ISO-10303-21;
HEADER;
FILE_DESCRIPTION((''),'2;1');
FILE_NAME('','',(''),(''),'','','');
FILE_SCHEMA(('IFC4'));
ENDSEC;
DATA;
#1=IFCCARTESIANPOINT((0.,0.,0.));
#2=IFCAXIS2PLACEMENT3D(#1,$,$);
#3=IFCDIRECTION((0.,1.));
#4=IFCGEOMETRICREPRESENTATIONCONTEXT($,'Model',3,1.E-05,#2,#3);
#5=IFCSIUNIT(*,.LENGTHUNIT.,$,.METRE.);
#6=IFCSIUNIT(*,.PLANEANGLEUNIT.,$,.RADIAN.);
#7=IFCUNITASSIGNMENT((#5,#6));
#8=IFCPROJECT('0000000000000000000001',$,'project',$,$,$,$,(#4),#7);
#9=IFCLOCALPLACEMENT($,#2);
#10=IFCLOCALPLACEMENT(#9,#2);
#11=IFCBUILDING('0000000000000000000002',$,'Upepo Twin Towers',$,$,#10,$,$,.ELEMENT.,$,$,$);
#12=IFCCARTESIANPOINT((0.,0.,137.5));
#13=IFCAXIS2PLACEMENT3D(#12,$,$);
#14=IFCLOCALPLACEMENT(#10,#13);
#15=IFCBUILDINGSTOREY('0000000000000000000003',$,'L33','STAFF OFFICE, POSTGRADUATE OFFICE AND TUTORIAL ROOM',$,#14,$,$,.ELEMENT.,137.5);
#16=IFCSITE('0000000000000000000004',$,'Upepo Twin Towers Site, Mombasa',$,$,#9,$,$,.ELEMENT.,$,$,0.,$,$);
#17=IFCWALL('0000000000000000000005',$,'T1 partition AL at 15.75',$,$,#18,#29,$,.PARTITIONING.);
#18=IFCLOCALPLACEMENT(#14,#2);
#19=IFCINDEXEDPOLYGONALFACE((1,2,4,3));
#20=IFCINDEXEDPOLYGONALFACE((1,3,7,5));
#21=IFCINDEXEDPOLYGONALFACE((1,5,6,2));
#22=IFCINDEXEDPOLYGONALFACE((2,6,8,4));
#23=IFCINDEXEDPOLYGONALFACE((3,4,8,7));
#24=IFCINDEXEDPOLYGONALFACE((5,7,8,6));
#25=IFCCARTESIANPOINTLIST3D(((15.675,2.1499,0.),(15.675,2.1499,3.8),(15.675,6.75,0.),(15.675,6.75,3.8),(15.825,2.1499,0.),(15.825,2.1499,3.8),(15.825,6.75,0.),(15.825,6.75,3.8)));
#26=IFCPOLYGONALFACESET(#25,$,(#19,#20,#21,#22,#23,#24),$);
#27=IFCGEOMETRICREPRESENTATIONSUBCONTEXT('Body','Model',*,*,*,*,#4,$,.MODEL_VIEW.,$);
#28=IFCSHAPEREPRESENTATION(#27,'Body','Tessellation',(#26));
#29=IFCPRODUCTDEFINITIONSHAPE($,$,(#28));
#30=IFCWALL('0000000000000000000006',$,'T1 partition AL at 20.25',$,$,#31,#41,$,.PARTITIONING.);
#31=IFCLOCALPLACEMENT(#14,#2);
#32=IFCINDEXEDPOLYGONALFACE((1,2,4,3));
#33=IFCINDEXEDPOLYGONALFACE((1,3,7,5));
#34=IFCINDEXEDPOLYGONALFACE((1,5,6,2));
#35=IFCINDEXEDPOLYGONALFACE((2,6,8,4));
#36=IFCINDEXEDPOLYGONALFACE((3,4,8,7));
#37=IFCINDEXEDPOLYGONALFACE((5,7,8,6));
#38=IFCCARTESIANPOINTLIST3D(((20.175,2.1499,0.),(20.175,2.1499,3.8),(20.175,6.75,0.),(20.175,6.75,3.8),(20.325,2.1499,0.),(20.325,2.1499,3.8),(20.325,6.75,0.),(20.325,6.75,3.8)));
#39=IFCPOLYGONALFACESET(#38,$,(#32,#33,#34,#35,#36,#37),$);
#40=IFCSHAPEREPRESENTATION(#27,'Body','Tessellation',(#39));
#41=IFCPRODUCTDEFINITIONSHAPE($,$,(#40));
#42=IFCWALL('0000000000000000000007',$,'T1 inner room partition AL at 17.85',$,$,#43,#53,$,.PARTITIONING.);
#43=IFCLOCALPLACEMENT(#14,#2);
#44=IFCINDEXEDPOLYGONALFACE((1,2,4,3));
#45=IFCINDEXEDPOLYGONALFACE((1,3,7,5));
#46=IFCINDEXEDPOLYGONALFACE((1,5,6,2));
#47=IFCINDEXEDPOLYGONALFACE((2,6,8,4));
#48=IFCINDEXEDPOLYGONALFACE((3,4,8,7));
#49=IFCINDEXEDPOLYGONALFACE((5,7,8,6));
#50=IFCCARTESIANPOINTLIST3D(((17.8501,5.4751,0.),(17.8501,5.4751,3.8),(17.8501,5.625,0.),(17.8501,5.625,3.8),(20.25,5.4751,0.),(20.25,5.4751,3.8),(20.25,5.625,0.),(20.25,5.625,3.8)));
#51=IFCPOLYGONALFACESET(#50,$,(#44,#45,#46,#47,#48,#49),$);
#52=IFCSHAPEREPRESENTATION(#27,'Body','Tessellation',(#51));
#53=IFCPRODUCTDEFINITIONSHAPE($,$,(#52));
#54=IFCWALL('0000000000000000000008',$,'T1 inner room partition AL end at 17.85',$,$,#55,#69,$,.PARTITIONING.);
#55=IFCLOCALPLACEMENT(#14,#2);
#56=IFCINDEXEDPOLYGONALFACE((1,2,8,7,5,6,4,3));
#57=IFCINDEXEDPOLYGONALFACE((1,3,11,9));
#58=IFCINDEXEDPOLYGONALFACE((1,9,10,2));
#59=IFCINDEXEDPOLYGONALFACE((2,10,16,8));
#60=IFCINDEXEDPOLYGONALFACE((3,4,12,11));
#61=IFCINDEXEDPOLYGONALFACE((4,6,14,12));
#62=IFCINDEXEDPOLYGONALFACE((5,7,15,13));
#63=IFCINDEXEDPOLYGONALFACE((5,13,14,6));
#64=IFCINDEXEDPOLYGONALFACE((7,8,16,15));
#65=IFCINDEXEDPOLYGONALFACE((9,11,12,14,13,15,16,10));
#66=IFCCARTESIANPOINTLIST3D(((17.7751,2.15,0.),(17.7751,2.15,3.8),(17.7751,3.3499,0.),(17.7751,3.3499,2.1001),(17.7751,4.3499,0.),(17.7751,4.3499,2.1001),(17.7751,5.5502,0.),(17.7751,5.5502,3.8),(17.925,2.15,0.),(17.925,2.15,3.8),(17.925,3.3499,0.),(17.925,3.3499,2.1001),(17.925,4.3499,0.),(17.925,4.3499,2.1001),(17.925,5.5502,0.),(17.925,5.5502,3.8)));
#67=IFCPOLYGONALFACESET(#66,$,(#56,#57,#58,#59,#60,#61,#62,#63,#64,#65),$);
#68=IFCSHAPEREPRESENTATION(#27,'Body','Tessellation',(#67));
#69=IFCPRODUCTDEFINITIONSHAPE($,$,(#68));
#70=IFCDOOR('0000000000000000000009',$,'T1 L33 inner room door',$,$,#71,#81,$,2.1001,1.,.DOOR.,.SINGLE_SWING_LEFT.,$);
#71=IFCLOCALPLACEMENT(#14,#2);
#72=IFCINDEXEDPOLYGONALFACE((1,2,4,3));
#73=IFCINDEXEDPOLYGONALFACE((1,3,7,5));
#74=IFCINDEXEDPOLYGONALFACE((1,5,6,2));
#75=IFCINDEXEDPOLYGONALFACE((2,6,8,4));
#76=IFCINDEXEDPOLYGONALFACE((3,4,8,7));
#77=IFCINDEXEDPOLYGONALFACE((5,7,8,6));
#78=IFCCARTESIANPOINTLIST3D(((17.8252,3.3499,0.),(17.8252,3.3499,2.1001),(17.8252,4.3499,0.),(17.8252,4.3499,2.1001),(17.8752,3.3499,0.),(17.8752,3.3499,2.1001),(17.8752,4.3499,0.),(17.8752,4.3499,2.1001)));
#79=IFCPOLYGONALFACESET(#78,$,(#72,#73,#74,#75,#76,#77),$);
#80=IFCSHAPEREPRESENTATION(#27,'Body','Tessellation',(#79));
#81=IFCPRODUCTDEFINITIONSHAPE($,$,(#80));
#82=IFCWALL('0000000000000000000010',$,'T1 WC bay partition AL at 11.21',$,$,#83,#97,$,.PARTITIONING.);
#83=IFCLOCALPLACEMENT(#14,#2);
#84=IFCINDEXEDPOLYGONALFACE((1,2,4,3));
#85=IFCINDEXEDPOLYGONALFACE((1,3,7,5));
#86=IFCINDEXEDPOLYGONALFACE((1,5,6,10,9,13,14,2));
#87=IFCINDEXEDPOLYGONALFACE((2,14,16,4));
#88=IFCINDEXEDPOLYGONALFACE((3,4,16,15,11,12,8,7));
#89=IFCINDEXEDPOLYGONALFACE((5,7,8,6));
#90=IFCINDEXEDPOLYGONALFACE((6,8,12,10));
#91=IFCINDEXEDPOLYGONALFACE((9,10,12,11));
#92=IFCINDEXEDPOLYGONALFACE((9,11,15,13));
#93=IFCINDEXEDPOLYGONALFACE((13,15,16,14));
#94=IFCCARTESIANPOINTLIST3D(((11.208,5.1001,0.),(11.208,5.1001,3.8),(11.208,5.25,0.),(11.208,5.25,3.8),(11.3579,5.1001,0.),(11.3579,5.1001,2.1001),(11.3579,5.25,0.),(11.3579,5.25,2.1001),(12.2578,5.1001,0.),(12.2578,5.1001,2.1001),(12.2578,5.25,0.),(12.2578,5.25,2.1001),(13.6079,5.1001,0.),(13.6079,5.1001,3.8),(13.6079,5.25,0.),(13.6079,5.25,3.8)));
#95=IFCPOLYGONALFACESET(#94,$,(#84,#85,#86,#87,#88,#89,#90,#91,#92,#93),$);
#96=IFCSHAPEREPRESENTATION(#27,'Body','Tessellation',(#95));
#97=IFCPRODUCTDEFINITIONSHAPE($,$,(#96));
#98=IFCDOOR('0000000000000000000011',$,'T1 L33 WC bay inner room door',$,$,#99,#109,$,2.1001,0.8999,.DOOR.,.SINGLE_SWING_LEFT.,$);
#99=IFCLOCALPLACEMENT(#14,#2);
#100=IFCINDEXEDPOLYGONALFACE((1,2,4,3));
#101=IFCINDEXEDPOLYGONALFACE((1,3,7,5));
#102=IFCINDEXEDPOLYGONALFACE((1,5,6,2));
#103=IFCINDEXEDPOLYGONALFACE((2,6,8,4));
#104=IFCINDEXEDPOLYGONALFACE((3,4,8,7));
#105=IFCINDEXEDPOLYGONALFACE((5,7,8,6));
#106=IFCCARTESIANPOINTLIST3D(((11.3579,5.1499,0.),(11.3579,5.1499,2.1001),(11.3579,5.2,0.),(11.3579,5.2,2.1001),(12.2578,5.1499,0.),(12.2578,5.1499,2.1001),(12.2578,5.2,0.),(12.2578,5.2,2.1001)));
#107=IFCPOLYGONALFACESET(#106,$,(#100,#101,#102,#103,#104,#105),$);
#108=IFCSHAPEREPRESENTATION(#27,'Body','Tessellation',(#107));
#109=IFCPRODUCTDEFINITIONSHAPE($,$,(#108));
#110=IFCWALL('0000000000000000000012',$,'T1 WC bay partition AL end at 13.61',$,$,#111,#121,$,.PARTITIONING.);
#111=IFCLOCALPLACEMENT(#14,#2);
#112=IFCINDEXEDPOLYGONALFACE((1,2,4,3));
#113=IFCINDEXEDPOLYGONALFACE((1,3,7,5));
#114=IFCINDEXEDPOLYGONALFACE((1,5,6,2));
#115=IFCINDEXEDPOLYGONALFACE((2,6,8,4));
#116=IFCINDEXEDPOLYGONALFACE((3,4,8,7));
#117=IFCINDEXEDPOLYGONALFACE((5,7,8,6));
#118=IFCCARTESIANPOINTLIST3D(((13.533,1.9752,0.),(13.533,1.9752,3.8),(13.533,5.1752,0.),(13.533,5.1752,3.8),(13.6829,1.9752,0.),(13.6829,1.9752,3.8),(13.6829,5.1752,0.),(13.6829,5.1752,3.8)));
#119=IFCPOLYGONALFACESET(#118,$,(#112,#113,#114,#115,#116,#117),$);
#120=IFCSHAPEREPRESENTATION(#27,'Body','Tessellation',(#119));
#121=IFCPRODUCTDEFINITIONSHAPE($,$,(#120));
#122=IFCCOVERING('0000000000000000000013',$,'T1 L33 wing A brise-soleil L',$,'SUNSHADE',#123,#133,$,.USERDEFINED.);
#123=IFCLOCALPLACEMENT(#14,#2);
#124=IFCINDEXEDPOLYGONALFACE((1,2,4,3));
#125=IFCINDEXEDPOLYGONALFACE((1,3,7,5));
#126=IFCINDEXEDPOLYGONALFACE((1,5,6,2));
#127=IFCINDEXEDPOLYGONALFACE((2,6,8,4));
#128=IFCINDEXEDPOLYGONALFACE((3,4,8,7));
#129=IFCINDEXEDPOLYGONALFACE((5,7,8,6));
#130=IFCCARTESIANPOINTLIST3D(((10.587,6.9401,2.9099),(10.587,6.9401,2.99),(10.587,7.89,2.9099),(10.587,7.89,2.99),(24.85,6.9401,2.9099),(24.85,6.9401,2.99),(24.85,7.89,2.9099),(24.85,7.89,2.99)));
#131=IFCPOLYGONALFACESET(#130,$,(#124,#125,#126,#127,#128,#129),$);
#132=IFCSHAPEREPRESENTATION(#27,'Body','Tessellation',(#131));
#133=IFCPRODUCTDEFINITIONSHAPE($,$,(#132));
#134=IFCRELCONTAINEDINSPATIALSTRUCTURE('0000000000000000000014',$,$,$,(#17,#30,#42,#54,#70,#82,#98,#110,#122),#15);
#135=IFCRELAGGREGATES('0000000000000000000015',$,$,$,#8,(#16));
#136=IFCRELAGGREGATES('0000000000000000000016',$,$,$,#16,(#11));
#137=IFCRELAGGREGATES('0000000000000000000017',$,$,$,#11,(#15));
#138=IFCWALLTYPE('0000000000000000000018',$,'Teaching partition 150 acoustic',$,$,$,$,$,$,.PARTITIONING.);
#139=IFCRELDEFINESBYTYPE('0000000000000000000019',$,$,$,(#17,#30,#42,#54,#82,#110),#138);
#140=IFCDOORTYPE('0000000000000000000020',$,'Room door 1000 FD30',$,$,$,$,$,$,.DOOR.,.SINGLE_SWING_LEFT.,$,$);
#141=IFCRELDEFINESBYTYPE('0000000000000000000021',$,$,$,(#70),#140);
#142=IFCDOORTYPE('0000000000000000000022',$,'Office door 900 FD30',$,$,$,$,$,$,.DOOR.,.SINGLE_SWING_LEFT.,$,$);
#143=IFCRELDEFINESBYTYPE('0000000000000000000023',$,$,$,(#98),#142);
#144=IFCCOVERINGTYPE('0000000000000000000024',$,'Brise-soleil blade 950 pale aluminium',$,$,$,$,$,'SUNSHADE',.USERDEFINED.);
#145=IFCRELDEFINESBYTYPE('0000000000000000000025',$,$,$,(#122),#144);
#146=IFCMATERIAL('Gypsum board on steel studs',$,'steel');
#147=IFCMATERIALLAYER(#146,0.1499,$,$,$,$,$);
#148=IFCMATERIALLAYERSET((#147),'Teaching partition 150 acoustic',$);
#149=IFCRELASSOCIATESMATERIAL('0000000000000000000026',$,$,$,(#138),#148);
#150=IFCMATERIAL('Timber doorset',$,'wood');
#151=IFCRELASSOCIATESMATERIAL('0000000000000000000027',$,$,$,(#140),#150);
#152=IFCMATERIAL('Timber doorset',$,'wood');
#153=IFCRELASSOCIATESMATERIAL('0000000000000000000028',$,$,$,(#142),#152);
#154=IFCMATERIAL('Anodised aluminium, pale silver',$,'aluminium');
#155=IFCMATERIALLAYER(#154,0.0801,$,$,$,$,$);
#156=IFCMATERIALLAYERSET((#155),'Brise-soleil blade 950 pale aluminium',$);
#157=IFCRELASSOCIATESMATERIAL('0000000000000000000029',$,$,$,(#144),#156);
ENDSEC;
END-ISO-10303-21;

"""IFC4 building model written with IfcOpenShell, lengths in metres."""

from ifc_helpers import new_model, si_unit, direction, frame, frame_2d, origin, origin_2d, place, context, subcontext, project, spatial, rectangle, extrude, material, layer, layer_set, type_object, element, fill, save


model = new_model("IFC4")

# Units and contexts
model_context = context("Model", 3, precision=1e-05, world=origin(), true_north=direction((0.0, 1.0)))
body_context = subcontext(model_context, "Body", "Model", "MODEL_VIEW")
ifc_project = project(units=[si_unit("LENGTHUNIT", "METRE"), si_unit("PLANEANGLEUNIT", "RADIAN")], contexts=[model_context])

# Site, building, storey
site_placement = place(None, origin())
site = spatial("IfcSite", under=ifc_project, at=site_placement, Name="Upepo Twin Towers Site, Mombasa", CompositionType="ELEMENT", RefElevation=0.0)
building_placement = place(site_placement, origin())
building = spatial("IfcBuilding", under=site, at=building_placement, Name="Upepo Twin Towers", CompositionType="ELEMENT")
storey_placement = place(building_placement, frame((0.0, 0.0, 137.5)))
storey = spatial("IfcBuildingStorey", under=building, at=storey_placement, Name="L33", Description="STAFF OFFICE, POSTGRADUATE OFFICE AND TUTORIAL ROOM", CompositionType="ELEMENT", Elevation=137.5)

# Walls
ifc_material_1 = material(Name="Gypsum board on steel studs", Category="steel")
ifc_layer_1 = layer(ifc_material_1, 0.1499)
ifc_layer_set_1 = layer_set([ifc_layer_1], Name="Teaching partition 150 acoustic")
wall_type_1 = type_object("IfcWallType", Name="Teaching partition 150 acoustic", PredefinedType="PARTITIONING", material=ifc_layer_set_1)
for number, where, z_axis, x_axis, name in (
    (1, (15.75, 2.1499, 0.0), (0.0, 0.0, 1.0), (0.0, 1.0, 0.0), "T1 partition AL at 15.75"),
    (2, (20.25, 2.1499, 0.0), (0.0, 0.0, 1.0), (0.0, 1.0, 0.0), "T1 partition AL at 20.25"),
):
    element("IfcWall", number, at=place(storey_placement, frame(where, z_axis=z_axis, x_axis=x_axis)), inside=storey, type_object=wall_type_1, Name=name, PredefinedType="PARTITIONING", context=body_context, shape_type="SweptSolid", body=[
        extrude(rectangle(XDim=4.6001, YDim=0.1499, at=frame_2d((2.3, 0.0))), origin(), (0.0, 0.0, 1.0), 3.8),
    ])
wall_1_placement = place(storey_placement, frame((17.8501, 5.55, 0.0), z_axis=(0.0, 0.0, 1.0), x_axis=(1.0, 0.0, 0.0)))
element("IfcWall", 3, at=wall_1_placement, inside=storey, type_object=wall_type_1, Name="T1 inner room partition AL at 17.85", PredefinedType="PARTITIONING", context=body_context, shape_type="SweptSolid", body=[
    extrude(rectangle(XDim=2.3999, YDim=0.1499, at=frame_2d((1.2, 0.0))), origin(), (0.0, 0.0, 1.0), 3.8),
])

# Walls, openings, doors
wall_2_placement = place(storey_placement, frame((17.8501, 2.1499, 0.0), z_axis=(0.0, 0.0, 1.0), x_axis=(0.0, 1.0, 0.0)))
wall_2 = element("IfcWall", 4, at=wall_2_placement, inside=storey, type_object=wall_type_1, Name="T1 inner room partition AL end at 17.85", PredefinedType="PARTITIONING", context=body_context, shape_type="SweptSolid", body=[
    extrude(rectangle(XDim=3.4001, YDim=0.1499, at=frame_2d((1.7002, 0.0))), origin(), (0.0, 0.0, 1.0), 3.8),
])
opening_1_placement = place(wall_2_placement, frame((1.2, 0.0, 0.0)))
opening_1 = element("IfcOpeningElement", 5, at=opening_1_placement, cuts=wall_2, PredefinedType="OPENING", context=body_context, shape_type="SweptSolid", body=[
    extrude(rectangle(XDim=1.0, YDim=2.1001, at=frame_2d((0.5, 1.05))), frame((0.0, 0.085, 0.0), z_axis=(0.0, -1.0, 0.0), x_axis=(1.0, 0.0, 0.0)), (0.0, 0.0, 1.0), 0.1699),
])
ifc_material_2 = material(Name="Timber doorset", Category="wood")
door_type_1 = type_object("IfcDoorType", Name="Room door 1000 FD30", OperationType="SINGLE_SWING_LEFT", PredefinedType="DOOR", material=ifc_material_2)
door_1_placement = place(opening_1_placement, origin())
door_1 = element("IfcDoor", 6, at=door_1_placement, inside=storey, type_object=door_type_1, Name="T1 L33 inner room door", OperationType="SINGLE_SWING_LEFT", OverallHeight=2.1001, OverallWidth=1.0, PredefinedType="DOOR", context=body_context, shape_type="SweptSolid", body=[
    extrude(rectangle(XDim=1.0, YDim=2.1001, at=frame_2d((0.5, 1.05))), frame((0.0, 0.0249, 0.0), z_axis=(0.0, -1.0, 0.0), x_axis=(1.0, 0.0, 0.0)), (0.0, 0.0, 1.0), 0.05),
])
fill(opening_1, door_1)
wall_3_placement = place(storey_placement, frame((11.208, 5.175, 0.0), z_axis=(0.0, 0.0, 1.0), x_axis=(1.0, 0.0, 0.0)))
wall_3 = element("IfcWall", 7, at=wall_3_placement, inside=storey, type_object=wall_type_1, Name="T1 WC bay partition AL at 11.21", PredefinedType="PARTITIONING", context=body_context, shape_type="SweptSolid", body=[
    extrude(rectangle(XDim=2.3999, YDim=0.1499, at=frame_2d((1.2, 0.0))), origin(), (0.0, 0.0, 1.0), 3.8),
])
opening_2_placement = place(wall_3_placement, frame((0.1499, 0.0, 0.0)))
opening_2 = element("IfcOpeningElement", 8, at=opening_2_placement, cuts=wall_3, PredefinedType="OPENING", context=body_context, shape_type="SweptSolid", body=[
    extrude(rectangle(XDim=0.8999, YDim=2.1001, at=frame_2d((0.45, 1.05))), frame((0.0, 0.085, 0.0), z_axis=(0.0, -1.0, 0.0), x_axis=(1.0, 0.0, 0.0)), (0.0, 0.0, 1.0), 0.1699),
])
ifc_material_3 = material(Name="Timber doorset", Category="wood")
door_type_2 = type_object("IfcDoorType", Name="Office door 900 FD30", OperationType="SINGLE_SWING_LEFT", PredefinedType="DOOR", material=ifc_material_3)
door_2_placement = place(opening_2_placement, origin())
door_2 = element("IfcDoor", 9, at=door_2_placement, inside=storey, type_object=door_type_2, Name="T1 L33 WC bay inner room door", OperationType="SINGLE_SWING_LEFT", OverallHeight=2.1001, OverallWidth=0.8999, PredefinedType="DOOR", context=body_context, shape_type="SweptSolid", body=[
    extrude(rectangle(XDim=0.8999, YDim=2.1001, at=frame_2d((0.45, 1.05))), frame((0.0, 0.0249, 0.0), z_axis=(0.0, -1.0, 0.0), x_axis=(1.0, 0.0, 0.0)), (0.0, 0.0, 1.0), 0.05),
])
fill(opening_2, door_2)

# Wall
wall_4_placement = place(storey_placement, frame((13.6079, 1.9751, 0.0), z_axis=(0.0, 0.0, 1.0), x_axis=(0.0, 1.0, 0.0)))
element("IfcWall", 10, at=wall_4_placement, inside=storey, type_object=wall_type_1, Name="T1 WC bay partition AL end at 13.61", PredefinedType="PARTITIONING", context=body_context, shape_type="SweptSolid", body=[
    extrude(rectangle(XDim=3.2, YDim=0.1499, at=frame_2d((1.6001, 0.0))), origin(), (0.0, 0.0, 1.0), 3.8),
])

# Covering
ifc_material_4 = material(Name="Anodised aluminium, pale silver", Category="aluminium")
ifc_layer_2 = layer(ifc_material_4, 0.0801)
ifc_layer_set_2 = layer_set([ifc_layer_2], Name="Brise-soleil blade 950 pale aluminium")
covering_type = type_object("IfcCoveringType", Name="Brise-soleil blade 950 pale aluminium", ElementType="SUNSHADE", PredefinedType="USERDEFINED", material=ifc_layer_set_2)
covering_placement = place(storey_placement, frame((17.7185, 7.415, 2.9099), z_axis=(0.0, 0.0, 1.0), x_axis=(1.0, 0.0, 0.0)))
element("IfcCovering", 11, at=covering_placement, inside=storey, type_object=covering_type, Name="T1 L33 wing A brise-soleil L", ObjectType="SUNSHADE", PredefinedType="USERDEFINED", context=body_context, shape_type="SweptSolid", body=[
    extrude(rectangle(XDim=14.2629, YDim=0.95, at=origin_2d()), origin(), (0.0, 0.0, 1.0), 0.0801),
])

save(model, "model.ifc")
